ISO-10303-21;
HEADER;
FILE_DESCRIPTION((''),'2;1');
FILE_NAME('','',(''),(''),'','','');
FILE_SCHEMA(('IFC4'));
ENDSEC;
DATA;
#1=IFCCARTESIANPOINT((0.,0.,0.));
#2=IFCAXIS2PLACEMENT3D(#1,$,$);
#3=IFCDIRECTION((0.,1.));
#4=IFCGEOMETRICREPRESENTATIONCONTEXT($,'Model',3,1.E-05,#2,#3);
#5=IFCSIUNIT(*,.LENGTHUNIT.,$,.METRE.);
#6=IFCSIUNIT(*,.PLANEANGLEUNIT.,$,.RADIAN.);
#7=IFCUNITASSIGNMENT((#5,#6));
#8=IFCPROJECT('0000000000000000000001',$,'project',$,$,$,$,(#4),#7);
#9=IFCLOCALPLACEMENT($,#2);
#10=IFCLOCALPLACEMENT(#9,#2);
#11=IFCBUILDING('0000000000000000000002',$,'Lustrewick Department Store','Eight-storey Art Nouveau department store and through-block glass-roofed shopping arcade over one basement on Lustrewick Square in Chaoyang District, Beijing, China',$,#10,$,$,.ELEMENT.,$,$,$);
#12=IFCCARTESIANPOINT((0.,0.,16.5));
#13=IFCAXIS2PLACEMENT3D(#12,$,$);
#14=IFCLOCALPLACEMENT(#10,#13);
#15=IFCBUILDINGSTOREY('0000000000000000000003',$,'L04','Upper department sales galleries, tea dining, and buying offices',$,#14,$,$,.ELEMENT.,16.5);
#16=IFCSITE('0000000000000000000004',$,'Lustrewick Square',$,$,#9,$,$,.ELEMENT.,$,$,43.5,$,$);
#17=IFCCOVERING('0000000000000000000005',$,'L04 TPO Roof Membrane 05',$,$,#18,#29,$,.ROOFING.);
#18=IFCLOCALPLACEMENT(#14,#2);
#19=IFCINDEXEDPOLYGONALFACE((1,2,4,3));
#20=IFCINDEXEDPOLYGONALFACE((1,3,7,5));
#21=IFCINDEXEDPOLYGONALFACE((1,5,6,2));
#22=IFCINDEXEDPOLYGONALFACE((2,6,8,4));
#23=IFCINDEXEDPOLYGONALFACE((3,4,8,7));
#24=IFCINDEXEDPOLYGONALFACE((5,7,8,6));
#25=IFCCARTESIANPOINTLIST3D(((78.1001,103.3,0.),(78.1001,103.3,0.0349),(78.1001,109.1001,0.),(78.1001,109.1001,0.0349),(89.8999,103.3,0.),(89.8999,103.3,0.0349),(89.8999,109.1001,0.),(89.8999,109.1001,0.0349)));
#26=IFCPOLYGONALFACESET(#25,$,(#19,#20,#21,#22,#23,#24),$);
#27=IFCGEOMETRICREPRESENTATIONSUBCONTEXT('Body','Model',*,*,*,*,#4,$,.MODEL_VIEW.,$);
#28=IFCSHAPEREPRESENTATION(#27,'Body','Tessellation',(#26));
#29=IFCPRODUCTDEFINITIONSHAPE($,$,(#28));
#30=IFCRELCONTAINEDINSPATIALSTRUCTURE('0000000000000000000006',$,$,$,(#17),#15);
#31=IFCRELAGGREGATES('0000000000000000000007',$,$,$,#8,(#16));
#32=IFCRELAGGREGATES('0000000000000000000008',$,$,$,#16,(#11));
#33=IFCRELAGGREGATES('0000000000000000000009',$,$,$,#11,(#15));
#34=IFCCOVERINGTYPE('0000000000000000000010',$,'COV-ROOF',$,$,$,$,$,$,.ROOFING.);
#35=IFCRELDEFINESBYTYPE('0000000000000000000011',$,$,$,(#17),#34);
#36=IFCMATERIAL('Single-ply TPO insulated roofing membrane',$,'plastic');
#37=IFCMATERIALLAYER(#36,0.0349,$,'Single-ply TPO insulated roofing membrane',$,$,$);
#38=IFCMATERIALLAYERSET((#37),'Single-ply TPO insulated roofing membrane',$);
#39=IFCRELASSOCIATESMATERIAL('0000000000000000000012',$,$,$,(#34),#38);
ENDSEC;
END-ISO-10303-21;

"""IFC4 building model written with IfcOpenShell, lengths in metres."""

from ifc_helpers import new_model, si_unit, direction, frame, origin, place, context, subcontext, project, spatial, polyline, outline, extrude, material, layer, layer_set, type_object, element, save


model = new_model("IFC4")

# Units and contexts
model_context = context("Model", 3, precision=1e-05, world=origin(), true_north=direction((0.0, 1.0)))
body_context = subcontext(model_context, "Body", "Model", "MODEL_VIEW")
ifc_project = project(units=[si_unit("LENGTHUNIT", "METRE"), si_unit("PLANEANGLEUNIT", "RADIAN")], contexts=[model_context])

# Site, building, storey
site_placement = place(None, origin())
site = spatial("IfcSite", under=ifc_project, at=site_placement, Name="Lustrewick Square", CompositionType="ELEMENT", RefElevation=43.5)
building_placement = place(site_placement, origin())
building = spatial("IfcBuilding", under=site, at=building_placement, Name="Lustrewick Department Store", Description="Eight-storey Art Nouveau department store and through-block glass-roofed shopping arcade over one basement on Lustrewick Square in Chaoyang District, Beijing, China", CompositionType="ELEMENT")
storey_placement = place(building_placement, frame((0.0, 0.0, 16.5)))
storey = spatial("IfcBuildingStorey", under=building, at=storey_placement, Name="L04", Description="Upper department sales galleries, tea dining, and buying offices", CompositionType="ELEMENT", Elevation=16.5)

# Covering
ifc_material_1 = material(Name="Single-ply TPO insulated roofing membrane", Category="plastic")
ifc_layer_1 = layer(ifc_material_1, 0.0349, Name="Single-ply TPO insulated roofing membrane")
ifc_layer_set_1 = layer_set([ifc_layer_1], Name="Single-ply TPO insulated roofing membrane")
covering_type_1 = type_object("IfcCoveringType", Name="COV-ROOF", PredefinedType="ROOFING", material=ifc_layer_set_1)
covering_1_placement = place(storey_placement, origin())
element("IfcCovering", 1, at=covering_1_placement, inside=storey, type_object=covering_type_1, Name="L04 TPO Roof Membrane 05", PredefinedType="ROOFING", context=body_context, shape_type="SweptSolid", body=[
    extrude(outline(polyline([(89.8999, 109.1001), (78.1001, 109.1001), (78.1001, 103.3), (89.8999, 103.3), (89.8999, 109.1001)])), origin(), (0.0, 0.0, 1.0), 0.0349),
])

save(model, "model.ifc")
